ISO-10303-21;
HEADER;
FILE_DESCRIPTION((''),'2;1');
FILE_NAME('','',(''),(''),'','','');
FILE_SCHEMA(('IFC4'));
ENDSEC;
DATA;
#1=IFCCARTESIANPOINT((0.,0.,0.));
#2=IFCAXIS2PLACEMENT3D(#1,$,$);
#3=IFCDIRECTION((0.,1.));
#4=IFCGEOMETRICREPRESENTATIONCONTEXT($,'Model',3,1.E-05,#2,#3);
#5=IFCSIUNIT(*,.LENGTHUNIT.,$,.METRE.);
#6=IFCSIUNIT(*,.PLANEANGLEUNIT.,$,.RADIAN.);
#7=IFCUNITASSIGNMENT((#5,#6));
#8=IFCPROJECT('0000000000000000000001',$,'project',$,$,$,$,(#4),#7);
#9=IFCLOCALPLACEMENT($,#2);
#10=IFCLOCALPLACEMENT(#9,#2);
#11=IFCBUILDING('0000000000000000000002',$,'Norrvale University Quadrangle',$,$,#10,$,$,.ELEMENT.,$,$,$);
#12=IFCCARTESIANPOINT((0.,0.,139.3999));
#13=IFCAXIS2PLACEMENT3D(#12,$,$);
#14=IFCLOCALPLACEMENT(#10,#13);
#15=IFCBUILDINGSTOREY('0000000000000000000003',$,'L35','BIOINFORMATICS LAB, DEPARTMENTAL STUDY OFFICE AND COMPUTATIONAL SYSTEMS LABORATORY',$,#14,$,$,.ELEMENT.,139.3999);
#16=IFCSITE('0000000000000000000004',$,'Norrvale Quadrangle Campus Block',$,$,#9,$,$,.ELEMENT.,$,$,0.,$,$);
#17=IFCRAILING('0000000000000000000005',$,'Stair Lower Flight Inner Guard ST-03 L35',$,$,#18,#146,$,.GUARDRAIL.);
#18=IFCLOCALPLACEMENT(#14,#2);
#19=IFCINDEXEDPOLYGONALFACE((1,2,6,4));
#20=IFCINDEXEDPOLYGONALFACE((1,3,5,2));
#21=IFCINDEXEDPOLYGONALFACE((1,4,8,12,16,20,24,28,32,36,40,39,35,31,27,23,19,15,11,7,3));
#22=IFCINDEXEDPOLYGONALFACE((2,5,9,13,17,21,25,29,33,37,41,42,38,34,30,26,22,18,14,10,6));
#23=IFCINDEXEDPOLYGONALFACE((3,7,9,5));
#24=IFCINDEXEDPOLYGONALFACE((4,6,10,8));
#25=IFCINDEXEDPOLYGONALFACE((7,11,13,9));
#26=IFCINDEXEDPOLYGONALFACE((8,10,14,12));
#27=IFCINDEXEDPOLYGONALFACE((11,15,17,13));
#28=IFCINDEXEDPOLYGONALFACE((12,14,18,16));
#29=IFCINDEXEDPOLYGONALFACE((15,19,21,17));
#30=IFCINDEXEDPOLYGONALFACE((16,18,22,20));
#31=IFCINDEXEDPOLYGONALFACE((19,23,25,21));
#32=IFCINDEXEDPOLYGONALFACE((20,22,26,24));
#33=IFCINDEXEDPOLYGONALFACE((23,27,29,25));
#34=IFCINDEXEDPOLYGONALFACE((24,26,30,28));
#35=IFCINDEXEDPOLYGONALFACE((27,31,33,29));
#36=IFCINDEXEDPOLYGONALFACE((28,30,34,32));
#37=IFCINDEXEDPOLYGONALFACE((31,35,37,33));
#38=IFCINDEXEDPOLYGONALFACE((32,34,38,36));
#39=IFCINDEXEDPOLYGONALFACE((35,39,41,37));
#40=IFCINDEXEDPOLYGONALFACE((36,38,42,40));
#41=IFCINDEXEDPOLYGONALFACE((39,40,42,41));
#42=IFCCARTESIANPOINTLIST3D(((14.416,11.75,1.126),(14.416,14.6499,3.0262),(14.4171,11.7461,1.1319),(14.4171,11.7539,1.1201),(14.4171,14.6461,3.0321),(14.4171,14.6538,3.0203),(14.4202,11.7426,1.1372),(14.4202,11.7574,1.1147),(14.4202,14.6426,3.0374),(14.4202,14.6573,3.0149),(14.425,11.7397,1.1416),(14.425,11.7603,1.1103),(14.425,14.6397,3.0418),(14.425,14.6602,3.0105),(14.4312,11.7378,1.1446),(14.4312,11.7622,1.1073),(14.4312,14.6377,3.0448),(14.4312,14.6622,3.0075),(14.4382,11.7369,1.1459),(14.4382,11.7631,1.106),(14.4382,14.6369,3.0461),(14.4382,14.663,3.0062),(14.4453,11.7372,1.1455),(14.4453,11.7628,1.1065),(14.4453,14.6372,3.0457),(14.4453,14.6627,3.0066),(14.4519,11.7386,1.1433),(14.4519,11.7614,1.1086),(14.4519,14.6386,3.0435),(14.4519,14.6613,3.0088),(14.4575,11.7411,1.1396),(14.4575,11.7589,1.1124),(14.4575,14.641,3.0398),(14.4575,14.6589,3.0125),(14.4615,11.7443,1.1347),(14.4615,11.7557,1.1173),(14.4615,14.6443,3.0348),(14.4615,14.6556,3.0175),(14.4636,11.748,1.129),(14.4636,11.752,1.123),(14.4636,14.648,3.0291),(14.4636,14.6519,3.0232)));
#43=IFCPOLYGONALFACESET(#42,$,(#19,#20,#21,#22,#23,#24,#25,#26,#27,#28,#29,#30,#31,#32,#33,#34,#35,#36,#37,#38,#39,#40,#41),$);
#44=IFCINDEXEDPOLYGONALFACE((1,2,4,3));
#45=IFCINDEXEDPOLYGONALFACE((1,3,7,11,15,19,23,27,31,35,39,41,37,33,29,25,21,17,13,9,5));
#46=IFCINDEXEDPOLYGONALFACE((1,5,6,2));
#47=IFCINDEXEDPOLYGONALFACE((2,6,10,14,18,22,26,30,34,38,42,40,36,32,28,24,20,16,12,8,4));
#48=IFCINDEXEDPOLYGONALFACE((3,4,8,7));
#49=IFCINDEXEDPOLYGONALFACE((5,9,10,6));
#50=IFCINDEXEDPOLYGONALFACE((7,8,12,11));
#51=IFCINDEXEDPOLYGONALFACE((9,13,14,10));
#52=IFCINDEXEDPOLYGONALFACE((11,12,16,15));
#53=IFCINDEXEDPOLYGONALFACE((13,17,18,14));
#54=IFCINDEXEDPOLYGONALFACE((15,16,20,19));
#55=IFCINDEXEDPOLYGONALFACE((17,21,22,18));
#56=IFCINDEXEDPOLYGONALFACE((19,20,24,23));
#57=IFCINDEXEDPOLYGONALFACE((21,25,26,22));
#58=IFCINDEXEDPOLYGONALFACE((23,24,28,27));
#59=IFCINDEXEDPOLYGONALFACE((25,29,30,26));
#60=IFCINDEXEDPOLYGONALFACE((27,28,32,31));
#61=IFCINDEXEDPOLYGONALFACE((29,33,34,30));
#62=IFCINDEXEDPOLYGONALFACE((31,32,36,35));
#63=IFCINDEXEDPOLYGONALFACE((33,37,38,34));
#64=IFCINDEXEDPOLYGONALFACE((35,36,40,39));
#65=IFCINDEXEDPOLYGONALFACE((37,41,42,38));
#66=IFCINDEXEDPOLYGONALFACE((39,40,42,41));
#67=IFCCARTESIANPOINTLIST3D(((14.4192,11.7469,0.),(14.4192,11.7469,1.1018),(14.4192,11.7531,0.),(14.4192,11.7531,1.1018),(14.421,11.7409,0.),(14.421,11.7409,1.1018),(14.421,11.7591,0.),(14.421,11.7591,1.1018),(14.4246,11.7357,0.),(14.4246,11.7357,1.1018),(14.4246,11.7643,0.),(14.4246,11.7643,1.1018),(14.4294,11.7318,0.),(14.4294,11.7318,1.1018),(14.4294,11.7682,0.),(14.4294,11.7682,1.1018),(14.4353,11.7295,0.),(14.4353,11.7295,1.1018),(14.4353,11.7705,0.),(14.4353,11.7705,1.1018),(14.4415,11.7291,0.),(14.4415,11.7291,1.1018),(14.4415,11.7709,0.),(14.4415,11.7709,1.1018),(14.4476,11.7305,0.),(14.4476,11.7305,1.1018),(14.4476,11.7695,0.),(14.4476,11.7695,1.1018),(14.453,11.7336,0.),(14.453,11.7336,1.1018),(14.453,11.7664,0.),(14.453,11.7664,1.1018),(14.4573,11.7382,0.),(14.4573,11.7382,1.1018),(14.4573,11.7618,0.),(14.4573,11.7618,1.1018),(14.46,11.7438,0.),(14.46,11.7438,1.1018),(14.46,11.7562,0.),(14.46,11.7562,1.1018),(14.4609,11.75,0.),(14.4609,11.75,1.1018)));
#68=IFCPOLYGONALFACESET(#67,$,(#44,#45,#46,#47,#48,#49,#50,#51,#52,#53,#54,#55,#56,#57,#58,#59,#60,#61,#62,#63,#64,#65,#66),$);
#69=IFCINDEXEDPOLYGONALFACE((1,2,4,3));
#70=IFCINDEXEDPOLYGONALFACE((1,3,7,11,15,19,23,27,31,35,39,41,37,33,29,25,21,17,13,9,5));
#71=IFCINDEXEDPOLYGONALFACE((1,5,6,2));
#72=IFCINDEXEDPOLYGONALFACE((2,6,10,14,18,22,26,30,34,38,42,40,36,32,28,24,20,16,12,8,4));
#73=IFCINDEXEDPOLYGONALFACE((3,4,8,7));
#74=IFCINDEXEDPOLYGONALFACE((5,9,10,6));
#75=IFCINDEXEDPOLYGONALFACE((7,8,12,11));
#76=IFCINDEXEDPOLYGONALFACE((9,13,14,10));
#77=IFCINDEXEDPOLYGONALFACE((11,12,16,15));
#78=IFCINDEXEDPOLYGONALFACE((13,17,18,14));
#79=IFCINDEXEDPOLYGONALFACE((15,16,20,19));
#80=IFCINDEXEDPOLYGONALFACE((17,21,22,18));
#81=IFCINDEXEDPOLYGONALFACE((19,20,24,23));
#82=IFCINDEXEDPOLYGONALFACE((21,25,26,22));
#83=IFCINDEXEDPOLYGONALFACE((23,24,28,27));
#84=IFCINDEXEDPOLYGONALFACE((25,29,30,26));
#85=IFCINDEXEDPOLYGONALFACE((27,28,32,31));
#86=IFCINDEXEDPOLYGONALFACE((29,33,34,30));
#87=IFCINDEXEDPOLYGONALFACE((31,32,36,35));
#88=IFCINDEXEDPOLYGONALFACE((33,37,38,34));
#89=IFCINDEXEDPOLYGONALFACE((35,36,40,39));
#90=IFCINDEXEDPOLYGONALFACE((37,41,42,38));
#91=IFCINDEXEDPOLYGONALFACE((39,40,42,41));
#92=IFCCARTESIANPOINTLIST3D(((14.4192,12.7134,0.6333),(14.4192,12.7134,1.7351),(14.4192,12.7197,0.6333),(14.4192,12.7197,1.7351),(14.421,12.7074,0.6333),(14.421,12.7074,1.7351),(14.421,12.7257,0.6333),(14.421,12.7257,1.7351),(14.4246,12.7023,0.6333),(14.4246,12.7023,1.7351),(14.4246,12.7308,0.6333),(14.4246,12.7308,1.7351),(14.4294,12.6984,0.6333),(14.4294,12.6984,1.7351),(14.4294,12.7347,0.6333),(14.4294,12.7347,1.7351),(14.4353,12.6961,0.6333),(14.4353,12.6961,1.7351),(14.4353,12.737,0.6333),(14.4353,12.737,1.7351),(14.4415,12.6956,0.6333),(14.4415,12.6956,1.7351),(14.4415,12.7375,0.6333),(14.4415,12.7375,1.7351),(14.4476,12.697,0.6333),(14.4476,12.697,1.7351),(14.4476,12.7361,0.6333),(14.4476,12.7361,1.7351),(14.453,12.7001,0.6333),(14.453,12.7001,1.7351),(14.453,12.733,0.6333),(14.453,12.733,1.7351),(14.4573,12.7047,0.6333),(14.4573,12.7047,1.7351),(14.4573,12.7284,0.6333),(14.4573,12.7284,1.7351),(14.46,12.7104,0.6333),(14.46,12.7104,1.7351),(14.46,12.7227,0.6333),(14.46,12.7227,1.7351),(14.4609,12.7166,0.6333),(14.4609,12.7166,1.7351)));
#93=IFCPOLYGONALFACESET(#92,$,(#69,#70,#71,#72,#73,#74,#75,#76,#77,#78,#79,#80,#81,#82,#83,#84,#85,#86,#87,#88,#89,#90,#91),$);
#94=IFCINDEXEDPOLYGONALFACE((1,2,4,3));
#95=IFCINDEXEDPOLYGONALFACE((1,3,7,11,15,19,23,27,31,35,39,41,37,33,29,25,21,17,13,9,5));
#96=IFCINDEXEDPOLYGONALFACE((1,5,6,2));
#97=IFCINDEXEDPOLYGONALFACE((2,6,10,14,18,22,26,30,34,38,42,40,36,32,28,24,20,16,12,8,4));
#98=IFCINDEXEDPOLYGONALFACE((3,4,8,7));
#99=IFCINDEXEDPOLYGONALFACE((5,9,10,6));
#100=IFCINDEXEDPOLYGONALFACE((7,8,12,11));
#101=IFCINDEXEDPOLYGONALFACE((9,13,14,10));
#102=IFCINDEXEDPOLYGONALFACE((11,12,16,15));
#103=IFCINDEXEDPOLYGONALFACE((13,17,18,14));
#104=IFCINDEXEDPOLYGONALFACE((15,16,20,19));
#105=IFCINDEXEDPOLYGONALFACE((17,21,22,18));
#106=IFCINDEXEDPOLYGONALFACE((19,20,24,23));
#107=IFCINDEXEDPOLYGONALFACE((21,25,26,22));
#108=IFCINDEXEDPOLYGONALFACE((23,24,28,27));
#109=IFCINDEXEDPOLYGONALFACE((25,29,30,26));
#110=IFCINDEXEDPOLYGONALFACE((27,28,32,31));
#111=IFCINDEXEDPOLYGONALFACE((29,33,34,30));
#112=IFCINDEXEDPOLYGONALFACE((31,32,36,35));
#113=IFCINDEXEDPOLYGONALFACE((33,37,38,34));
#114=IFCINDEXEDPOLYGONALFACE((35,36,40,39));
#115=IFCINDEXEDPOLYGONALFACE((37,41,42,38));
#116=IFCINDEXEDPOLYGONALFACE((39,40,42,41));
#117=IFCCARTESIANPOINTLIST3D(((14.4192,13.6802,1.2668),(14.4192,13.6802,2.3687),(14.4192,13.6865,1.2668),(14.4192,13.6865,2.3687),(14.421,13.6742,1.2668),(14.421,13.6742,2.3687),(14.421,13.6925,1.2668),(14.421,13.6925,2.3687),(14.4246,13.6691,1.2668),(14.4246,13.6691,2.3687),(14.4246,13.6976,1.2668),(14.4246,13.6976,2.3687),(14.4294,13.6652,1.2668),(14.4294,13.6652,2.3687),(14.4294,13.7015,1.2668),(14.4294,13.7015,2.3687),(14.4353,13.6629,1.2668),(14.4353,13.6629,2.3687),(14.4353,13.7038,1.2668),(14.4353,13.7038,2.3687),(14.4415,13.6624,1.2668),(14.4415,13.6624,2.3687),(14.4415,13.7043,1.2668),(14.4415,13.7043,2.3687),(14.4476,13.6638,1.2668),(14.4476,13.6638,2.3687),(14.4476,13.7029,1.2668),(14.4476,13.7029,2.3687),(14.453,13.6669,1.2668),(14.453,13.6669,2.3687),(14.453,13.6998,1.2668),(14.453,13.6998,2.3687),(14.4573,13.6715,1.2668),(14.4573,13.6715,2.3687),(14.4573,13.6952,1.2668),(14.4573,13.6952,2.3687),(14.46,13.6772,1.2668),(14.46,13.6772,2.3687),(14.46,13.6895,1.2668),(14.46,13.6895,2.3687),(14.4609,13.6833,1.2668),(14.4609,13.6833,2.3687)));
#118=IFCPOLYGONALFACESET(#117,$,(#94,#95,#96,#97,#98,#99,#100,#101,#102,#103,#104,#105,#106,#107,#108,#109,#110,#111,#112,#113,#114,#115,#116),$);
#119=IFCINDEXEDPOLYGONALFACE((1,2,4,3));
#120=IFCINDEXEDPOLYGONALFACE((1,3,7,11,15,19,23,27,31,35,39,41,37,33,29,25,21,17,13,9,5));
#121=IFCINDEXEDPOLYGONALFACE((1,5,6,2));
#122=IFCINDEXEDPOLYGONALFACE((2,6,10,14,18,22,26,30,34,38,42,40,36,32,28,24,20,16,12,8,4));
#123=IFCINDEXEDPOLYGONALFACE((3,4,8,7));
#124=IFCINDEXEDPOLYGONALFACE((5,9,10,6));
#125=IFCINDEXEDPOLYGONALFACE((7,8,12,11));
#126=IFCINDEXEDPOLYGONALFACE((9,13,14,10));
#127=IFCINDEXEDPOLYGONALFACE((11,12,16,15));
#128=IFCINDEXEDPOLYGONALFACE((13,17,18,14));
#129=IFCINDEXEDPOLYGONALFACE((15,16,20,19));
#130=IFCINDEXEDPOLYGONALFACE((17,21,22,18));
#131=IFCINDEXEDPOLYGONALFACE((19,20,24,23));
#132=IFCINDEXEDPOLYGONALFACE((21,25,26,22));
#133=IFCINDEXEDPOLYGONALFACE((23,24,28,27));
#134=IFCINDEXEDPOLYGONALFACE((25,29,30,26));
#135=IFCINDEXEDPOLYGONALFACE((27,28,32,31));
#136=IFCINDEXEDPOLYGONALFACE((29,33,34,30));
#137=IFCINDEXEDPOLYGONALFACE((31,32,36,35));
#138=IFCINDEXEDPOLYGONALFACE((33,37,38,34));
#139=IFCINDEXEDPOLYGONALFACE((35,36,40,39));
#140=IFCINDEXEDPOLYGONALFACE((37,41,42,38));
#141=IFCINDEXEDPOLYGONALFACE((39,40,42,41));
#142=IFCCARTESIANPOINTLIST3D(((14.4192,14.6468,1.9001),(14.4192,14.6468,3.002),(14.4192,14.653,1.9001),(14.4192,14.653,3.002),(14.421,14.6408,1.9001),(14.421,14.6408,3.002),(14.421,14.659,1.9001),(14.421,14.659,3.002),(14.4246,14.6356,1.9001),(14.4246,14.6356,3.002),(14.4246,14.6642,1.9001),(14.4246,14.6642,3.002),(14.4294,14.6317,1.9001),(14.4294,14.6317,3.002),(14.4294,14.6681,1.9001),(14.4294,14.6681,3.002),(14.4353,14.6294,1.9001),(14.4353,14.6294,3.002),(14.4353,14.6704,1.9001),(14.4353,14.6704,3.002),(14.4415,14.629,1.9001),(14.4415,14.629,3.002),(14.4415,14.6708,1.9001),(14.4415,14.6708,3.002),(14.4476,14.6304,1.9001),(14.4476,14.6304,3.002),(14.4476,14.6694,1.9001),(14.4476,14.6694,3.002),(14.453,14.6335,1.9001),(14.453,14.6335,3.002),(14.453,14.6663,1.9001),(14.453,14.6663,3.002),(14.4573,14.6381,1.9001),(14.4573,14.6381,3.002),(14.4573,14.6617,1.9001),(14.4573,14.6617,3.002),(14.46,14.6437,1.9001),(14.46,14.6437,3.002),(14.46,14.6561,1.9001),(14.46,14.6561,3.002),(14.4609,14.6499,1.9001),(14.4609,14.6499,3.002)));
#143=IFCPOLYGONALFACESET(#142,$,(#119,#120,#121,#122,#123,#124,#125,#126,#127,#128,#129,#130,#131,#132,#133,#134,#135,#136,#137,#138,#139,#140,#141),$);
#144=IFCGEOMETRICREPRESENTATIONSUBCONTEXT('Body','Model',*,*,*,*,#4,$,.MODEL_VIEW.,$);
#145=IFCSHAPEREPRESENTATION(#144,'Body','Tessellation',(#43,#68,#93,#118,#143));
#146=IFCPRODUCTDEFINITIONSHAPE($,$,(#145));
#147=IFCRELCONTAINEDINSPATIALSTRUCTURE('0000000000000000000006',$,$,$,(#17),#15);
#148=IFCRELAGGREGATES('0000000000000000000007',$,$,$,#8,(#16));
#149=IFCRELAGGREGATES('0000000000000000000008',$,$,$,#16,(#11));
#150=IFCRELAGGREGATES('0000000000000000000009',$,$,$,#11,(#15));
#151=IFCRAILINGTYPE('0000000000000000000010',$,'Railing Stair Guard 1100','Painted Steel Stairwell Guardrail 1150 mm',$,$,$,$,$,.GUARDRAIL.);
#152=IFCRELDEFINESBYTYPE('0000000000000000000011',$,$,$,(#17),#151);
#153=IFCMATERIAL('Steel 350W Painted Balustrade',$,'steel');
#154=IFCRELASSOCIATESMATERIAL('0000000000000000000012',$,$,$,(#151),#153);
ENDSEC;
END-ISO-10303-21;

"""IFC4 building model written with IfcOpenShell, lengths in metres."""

from ifc_helpers import new_model, si_unit, direction, frame, origin, origin_2d, place, context, subcontext, project, spatial, circle, extrude, material, type_object, element, save


model = new_model("IFC4")

# Units and contexts
model_context = context("Model", 3, precision=1e-05, world=origin(), true_north=direction((0.0, 1.0)))
body_context = subcontext(model_context, "Body", "Model", "MODEL_VIEW")
ifc_project = project(units=[si_unit("LENGTHUNIT", "METRE"), si_unit("PLANEANGLEUNIT", "RADIAN")], contexts=[model_context])

# Site, building, storey
site_placement = place(None, origin())
site = spatial("IfcSite", under=ifc_project, at=site_placement, Name="Norrvale Quadrangle Campus Block", CompositionType="ELEMENT", RefElevation=0.0)
building_placement = place(site_placement, origin())
building = spatial("IfcBuilding", under=site, at=building_placement, Name="Norrvale University Quadrangle", CompositionType="ELEMENT")
storey_placement = place(building_placement, frame((0.0, 0.0, 139.3999)))
storey = spatial("IfcBuildingStorey", under=building, at=storey_placement, Name="L35", Description="BIOINFORMATICS LAB, DEPARTMENTAL STUDY OFFICE AND COMPUTATIONAL SYSTEMS LABORATORY", CompositionType="ELEMENT", Elevation=139.3999)

# Railing
ifc_material_1 = material(Name="Steel 350W Painted Balustrade", Category="steel")
railing_type_1 = type_object("IfcRailingType", Name="Railing Stair Guard 1100", Description="Painted Steel Stairwell Guardrail 1150 mm", PredefinedType="GUARDRAIL", material=ifc_material_1)
railing_1_placement = place(storey_placement, frame((14.4399, 11.75, 0.0)))
element("IfcRailing", 1, at=railing_1_placement, inside=storey, type_object=railing_type_1, Name="Stair Lower Flight Inner Guard ST-03 L35", PredefinedType="GUARDRAIL", context=body_context, shape_type="SweptSolid", body=[
    extrude(circle(Radius=0.0239, at=origin_2d()), frame((0.0, 0.0, 1.126), z_axis=(0.0, 0.836433, 0.548069), x_axis=(-1.0, 0.0, 0.0)), (0.0, 0.0, 1.0), 3.467),
    extrude(circle(Radius=0.021, at=origin_2d()), origin(), (0.0, 0.0, 1.0), 1.1018),
    extrude(circle(Radius=0.021, at=origin_2d()), frame((0.0, 0.9666, 0.6333)), (0.0, 0.0, 1.0), 1.1018),
    extrude(circle(Radius=0.021, at=origin_2d()), frame((0.0, 1.9333, 1.2668)), (0.0, 0.0, 1.0), 1.1018),
    extrude(circle(Radius=0.021, at=origin_2d()), frame((0.0, 2.8999, 1.9001)), (0.0, 0.0, 1.0), 1.1018),
])

save(model, "model.ifc")
